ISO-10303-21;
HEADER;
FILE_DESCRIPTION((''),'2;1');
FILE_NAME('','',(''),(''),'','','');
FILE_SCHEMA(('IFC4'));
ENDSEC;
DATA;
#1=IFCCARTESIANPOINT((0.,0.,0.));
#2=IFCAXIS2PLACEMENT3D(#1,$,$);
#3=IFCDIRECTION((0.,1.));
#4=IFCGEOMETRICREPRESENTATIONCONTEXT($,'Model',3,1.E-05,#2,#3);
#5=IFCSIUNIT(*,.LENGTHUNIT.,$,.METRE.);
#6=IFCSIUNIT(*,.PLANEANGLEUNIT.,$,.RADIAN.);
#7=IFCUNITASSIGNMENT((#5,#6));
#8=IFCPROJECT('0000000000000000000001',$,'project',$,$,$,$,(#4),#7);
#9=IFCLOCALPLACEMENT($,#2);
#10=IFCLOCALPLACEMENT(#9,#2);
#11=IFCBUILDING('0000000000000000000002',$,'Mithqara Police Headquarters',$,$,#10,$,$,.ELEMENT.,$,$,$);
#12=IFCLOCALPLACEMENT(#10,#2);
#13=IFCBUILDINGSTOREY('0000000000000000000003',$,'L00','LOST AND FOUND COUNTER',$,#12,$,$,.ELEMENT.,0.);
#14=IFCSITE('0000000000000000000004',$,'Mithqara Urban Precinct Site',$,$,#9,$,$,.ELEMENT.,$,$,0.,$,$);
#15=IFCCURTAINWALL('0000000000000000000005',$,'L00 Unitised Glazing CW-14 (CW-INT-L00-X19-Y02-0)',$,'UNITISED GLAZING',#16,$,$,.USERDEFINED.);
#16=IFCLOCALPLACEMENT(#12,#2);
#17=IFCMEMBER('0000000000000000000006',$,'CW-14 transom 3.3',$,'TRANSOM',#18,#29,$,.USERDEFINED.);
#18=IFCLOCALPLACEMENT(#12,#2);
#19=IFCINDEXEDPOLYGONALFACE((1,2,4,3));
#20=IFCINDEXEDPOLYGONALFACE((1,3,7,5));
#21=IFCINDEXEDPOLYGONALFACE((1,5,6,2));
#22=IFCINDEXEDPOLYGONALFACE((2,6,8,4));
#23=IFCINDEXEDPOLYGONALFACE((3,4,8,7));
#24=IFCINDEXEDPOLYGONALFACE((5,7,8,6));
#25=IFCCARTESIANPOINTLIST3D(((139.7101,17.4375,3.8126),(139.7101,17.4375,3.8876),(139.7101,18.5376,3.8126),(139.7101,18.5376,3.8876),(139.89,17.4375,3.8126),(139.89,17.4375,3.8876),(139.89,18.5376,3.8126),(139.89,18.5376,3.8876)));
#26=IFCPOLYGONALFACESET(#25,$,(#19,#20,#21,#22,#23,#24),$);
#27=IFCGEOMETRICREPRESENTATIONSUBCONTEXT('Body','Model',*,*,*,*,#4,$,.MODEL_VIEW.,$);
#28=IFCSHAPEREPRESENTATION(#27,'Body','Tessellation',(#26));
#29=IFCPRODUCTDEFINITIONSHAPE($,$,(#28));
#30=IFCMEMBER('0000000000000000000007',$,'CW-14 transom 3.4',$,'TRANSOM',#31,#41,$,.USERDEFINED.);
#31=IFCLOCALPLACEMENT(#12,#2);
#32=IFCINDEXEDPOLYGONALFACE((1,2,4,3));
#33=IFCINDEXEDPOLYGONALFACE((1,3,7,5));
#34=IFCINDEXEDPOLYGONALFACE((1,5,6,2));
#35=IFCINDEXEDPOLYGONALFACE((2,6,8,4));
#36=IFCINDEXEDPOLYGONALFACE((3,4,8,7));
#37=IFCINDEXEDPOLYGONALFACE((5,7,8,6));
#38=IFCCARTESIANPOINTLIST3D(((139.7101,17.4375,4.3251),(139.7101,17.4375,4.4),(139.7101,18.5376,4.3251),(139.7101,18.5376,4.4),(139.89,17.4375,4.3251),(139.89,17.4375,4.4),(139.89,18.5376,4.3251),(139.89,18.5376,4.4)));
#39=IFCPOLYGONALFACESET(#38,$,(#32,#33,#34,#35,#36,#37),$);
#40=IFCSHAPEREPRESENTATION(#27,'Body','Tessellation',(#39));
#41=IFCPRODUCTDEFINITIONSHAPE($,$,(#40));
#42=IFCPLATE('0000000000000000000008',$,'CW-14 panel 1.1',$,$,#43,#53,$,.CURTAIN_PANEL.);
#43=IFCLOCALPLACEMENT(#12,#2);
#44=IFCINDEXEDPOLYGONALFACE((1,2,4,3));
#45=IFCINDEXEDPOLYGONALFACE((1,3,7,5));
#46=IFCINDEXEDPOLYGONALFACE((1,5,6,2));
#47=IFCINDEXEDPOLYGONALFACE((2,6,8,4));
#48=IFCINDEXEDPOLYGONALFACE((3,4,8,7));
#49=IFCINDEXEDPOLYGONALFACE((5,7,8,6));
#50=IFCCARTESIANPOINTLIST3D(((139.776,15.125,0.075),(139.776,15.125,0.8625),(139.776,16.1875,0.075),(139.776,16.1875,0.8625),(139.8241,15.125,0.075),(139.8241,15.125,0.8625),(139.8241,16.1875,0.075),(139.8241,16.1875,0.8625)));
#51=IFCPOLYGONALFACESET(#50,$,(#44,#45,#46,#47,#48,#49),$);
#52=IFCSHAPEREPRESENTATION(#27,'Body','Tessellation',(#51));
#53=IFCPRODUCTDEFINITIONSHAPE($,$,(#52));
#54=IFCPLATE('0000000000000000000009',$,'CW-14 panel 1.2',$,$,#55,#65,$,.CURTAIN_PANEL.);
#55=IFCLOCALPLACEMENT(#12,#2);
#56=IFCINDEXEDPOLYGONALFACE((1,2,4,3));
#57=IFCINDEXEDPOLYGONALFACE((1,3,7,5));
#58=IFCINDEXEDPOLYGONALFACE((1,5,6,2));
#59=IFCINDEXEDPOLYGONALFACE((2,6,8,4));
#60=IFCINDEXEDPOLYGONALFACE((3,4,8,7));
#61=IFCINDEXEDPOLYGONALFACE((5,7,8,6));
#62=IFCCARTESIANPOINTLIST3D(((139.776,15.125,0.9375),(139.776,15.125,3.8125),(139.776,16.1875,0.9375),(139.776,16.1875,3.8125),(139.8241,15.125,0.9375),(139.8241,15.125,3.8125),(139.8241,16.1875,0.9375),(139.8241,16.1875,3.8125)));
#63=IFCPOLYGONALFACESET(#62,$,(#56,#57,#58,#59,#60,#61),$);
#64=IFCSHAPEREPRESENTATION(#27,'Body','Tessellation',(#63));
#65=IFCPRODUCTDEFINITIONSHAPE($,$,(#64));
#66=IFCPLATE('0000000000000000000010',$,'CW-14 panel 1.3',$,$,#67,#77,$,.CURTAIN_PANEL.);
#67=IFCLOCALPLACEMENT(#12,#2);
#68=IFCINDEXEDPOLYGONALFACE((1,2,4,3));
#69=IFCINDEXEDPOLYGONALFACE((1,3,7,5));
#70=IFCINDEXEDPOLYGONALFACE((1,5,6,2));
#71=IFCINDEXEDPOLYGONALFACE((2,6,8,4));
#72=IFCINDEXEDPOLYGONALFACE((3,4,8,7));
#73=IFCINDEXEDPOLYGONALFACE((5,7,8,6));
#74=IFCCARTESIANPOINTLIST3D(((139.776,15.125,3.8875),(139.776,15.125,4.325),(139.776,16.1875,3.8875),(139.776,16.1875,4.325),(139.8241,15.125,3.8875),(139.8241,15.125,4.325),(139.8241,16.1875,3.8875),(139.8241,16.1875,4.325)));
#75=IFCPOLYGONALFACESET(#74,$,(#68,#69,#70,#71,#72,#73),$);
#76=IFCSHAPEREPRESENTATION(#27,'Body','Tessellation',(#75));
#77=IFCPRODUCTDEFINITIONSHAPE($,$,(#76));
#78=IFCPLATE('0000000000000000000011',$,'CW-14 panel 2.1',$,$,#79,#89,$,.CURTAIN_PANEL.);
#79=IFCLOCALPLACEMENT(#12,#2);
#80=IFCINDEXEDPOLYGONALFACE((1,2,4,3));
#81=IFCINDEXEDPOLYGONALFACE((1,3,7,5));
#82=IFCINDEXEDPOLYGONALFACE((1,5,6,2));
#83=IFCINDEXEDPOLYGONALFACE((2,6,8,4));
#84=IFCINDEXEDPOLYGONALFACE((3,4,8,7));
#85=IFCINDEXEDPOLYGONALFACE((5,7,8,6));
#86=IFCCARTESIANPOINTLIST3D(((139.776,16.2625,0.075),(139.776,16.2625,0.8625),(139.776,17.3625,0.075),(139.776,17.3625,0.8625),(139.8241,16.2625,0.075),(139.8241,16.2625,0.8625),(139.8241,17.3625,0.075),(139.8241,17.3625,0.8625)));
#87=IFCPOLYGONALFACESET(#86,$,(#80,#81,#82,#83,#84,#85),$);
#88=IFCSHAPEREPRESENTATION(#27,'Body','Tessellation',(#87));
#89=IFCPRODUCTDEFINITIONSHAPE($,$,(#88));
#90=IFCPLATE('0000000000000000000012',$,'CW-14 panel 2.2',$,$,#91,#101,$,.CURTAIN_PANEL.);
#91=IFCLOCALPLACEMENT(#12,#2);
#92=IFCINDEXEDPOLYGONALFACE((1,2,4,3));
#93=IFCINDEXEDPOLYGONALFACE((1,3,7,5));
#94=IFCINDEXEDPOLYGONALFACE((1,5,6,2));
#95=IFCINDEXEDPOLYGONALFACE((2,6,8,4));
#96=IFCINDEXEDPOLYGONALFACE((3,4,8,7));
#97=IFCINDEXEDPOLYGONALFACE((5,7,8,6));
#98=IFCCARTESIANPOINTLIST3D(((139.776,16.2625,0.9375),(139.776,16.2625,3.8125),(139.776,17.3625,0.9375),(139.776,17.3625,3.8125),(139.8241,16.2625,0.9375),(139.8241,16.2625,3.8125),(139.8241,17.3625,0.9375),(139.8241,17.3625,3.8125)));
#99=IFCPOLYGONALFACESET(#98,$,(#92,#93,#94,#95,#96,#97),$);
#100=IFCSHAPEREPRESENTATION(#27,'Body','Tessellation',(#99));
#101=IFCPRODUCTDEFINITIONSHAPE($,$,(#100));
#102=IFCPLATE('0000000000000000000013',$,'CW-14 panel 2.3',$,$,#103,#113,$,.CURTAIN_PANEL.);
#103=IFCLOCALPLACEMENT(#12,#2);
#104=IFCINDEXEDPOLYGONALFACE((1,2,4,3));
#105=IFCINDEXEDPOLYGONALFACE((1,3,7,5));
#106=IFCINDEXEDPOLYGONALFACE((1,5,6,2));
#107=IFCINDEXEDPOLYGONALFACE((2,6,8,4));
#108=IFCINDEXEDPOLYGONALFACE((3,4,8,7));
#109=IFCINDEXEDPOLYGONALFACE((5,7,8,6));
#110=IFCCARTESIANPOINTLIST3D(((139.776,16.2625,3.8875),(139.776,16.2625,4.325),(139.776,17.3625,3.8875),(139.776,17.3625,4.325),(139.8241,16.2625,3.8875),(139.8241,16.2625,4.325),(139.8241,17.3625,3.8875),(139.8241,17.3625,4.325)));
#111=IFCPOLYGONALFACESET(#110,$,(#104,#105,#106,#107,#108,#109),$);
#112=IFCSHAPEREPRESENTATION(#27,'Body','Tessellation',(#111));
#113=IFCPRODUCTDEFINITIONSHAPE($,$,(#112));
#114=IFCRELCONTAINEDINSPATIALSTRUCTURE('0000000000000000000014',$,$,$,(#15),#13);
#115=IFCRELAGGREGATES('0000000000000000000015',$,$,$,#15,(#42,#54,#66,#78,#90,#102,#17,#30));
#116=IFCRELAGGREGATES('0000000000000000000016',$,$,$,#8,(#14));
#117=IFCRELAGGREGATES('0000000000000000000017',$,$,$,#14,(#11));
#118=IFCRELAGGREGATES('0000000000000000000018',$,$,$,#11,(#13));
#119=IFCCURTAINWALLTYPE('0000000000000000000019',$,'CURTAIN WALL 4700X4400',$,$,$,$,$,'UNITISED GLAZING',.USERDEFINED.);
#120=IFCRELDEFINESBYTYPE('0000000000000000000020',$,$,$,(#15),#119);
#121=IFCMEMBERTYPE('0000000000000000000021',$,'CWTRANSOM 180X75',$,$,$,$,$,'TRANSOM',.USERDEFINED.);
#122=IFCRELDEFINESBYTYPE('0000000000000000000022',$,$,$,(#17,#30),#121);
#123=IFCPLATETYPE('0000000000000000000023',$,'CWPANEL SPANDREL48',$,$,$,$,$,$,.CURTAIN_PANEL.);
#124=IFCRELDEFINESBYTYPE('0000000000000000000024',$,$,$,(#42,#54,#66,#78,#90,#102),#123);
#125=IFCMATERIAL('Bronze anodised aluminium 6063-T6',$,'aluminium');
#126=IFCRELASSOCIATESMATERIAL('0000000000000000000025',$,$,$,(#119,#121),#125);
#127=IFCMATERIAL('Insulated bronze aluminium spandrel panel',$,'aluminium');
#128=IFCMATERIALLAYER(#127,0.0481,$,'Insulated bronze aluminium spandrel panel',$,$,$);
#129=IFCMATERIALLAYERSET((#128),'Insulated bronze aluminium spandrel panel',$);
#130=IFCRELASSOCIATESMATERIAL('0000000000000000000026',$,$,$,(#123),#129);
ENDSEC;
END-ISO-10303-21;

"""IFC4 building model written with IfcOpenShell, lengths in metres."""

from ifc_helpers import new_model, si_unit, direction, frame, origin, origin_2d, place, context, subcontext, project, spatial, rectangle, extrude, material, layer, layer_set, material_profile, profile_set, type_object, element, aggregate, save


model = new_model("IFC4")

# Units and contexts
model_context = context("Model", 3, precision=1e-05, world=origin(), true_north=direction((0.0, 1.0)))
body_context = subcontext(model_context, "Body", "Model", "MODEL_VIEW")
ifc_project = project(units=[si_unit("LENGTHUNIT", "METRE"), si_unit("PLANEANGLEUNIT", "RADIAN")], contexts=[model_context])

# Site, building, storey
site_placement = place(None, origin())
site = spatial("IfcSite", under=ifc_project, at=site_placement, Name="Mithqara Urban Precinct Site", CompositionType="ELEMENT", RefElevation=0.0)
building_placement = place(site_placement, origin())
building = spatial("IfcBuilding", under=site, at=building_placement, Name="Mithqara Police Headquarters", CompositionType="ELEMENT")
storey_placement = place(building_placement, origin())
storey = spatial("IfcBuildingStorey", under=building, at=storey_placement, Name="L00", Description="LOST AND FOUND COUNTER", CompositionType="ELEMENT", Elevation=0.0)

# Curtain wall, members, plates
ifc_material_1 = material(Name="Bronze anodised aluminium 6063-T6", Category="aluminium")
curtain_wall_type = type_object("IfcCurtainWallType", Name="CURTAIN WALL 4700X4400", ElementType="UNITISED GLAZING", PredefinedType="USERDEFINED", material=ifc_material_1)
curtain_wall_placement = place(storey_placement, origin())
curtain_wall = element("IfcCurtainWall", 1, at=curtain_wall_placement, inside=storey, type_object=curtain_wall_type, Name="L00 Unitised Glazing CW-14 (CW-INT-L00-X19-Y02-0)", ObjectType="UNITISED GLAZING", PredefinedType="USERDEFINED")
ifc_material_profile_1 = material_profile(ifc_material_1, rectangle(XDim=0.1799, YDim=0.075, at=origin_2d()), Name="CWT 180x75")
ifc_profile_set_1 = profile_set([ifc_material_profile_1], Name="Bronze anodised aluminium 6063-T6")
member_type_1 = type_object("IfcMemberType", Name="CWTRANSOM 180X75", ElementType="TRANSOM", PredefinedType="USERDEFINED", material=ifc_profile_set_1)
member_1_placement = place(storey_placement, frame((139.8, 17.4375, 3.8501), z_axis=(0.0, 1.0, 0.0), x_axis=(-1.0, 0.0, 0.0)))
member_1 = element("IfcMember", 2, at=member_1_placement, type_object=member_type_1, Name="CW-14 transom 3.3", ObjectType="TRANSOM", PredefinedType="USERDEFINED", context=body_context, shape_type="SweptSolid", body=[
    extrude(rectangle(XDim=0.1799, YDim=0.075, at=origin_2d()), origin(), (0.0, 0.0, 1.0), 1.1001),
])
member_2_placement = place(storey_placement, frame((139.8, 17.4375, 4.3625), z_axis=(0.0, 1.0, 0.0), x_axis=(-1.0, 0.0, 0.0)))
member_2 = element("IfcMember", 3, at=member_2_placement, type_object=member_type_1, Name="CW-14 transom 3.4", ObjectType="TRANSOM", PredefinedType="USERDEFINED", context=body_context, shape_type="SweptSolid", body=[
    extrude(rectangle(XDim=0.1799, YDim=0.075, at=origin_2d()), origin(), (0.0, 0.0, 1.0), 1.1001),
])
ifc_material_2 = material(Name="Insulated bronze aluminium spandrel panel", Category="aluminium")
ifc_layer = layer(ifc_material_2, 0.0481, Name="Insulated bronze aluminium spandrel panel")
ifc_layer_set = layer_set([ifc_layer], Name="Insulated bronze aluminium spandrel panel")
plate_type = type_object("IfcPlateType", Name="CWPANEL SPANDREL48", PredefinedType="CURTAIN_PANEL", material=ifc_layer_set)
plate_1_placement = place(storey_placement, frame((139.8, 15.6562, 0.075), z_axis=(0.0, 0.0, 1.0), x_axis=(0.0, 1.0, 0.0)))
plate_1 = element("IfcPlate", 4, at=plate_1_placement, type_object=plate_type, Name="CW-14 panel 1.1", PredefinedType="CURTAIN_PANEL", context=body_context, shape_type="SweptSolid", body=[
    extrude(rectangle(XDim=1.0625, YDim=0.0481, at=origin_2d()), origin(), (0.0, 0.0, 1.0), 0.7876),
])
plate_2_placement = place(storey_placement, frame((139.8, 15.6562, 0.9375), z_axis=(0.0, 0.0, 1.0), x_axis=(0.0, 1.0, 0.0)))
plate_2 = element("IfcPlate", 5, at=plate_2_placement, type_object=plate_type, Name="CW-14 panel 1.2", PredefinedType="CURTAIN_PANEL", context=body_context, shape_type="SweptSolid", body=[
    extrude(rectangle(XDim=1.0625, YDim=0.0481, at=origin_2d()), origin(), (0.0, 0.0, 1.0), 2.875),
])
plate_3_placement = place(storey_placement, frame((139.8, 15.6562, 3.8875), z_axis=(0.0, 0.0, 1.0), x_axis=(0.0, 1.0, 0.0)))
plate_3 = element("IfcPlate", 6, at=plate_3_placement, type_object=plate_type, Name="CW-14 panel 1.3", PredefinedType="CURTAIN_PANEL", context=body_context, shape_type="SweptSolid", body=[
    extrude(rectangle(XDim=1.0625, YDim=0.0481, at=origin_2d()), origin(), (0.0, 0.0, 1.0), 0.4375),
])
plate_4_placement = place(storey_placement, frame((139.8, 16.8125, 0.075), z_axis=(0.0, 0.0, 1.0), x_axis=(0.0, 1.0, 0.0)))
plate_4 = element("IfcPlate", 7, at=plate_4_placement, type_object=plate_type, Name="CW-14 panel 2.1", PredefinedType="CURTAIN_PANEL", context=body_context, shape_type="SweptSolid", body=[
    extrude(rectangle(XDim=1.1001, YDim=0.0481, at=origin_2d()), origin(), (0.0, 0.0, 1.0), 0.7876),
])
plate_5_placement = place(storey_placement, frame((139.8, 16.8125, 0.9375), z_axis=(0.0, 0.0, 1.0), x_axis=(0.0, 1.0, 0.0)))
plate_5 = element("IfcPlate", 8, at=plate_5_placement, type_object=plate_type, Name="CW-14 panel 2.2", PredefinedType="CURTAIN_PANEL", context=body_context, shape_type="SweptSolid", body=[
    extrude(rectangle(XDim=1.1001, YDim=0.0481, at=origin_2d()), origin(), (0.0, 0.0, 1.0), 2.875),
])
plate_6_placement = place(storey_placement, frame((139.8, 16.8125, 3.8875), z_axis=(0.0, 0.0, 1.0), x_axis=(0.0, 1.0, 0.0)))
plate_6 = element("IfcPlate", 9, at=plate_6_placement, type_object=plate_type, Name="CW-14 panel 2.3", PredefinedType="CURTAIN_PANEL", context=body_context, shape_type="SweptSolid", body=[
    extrude(rectangle(XDim=1.1001, YDim=0.0481, at=origin_2d()), origin(), (0.0, 0.0, 1.0), 0.4375),
])
aggregate(curtain_wall, [plate_1, plate_2, plate_3, plate_4, plate_5, plate_6, member_1, member_2])

save(model, "model.ifc")
